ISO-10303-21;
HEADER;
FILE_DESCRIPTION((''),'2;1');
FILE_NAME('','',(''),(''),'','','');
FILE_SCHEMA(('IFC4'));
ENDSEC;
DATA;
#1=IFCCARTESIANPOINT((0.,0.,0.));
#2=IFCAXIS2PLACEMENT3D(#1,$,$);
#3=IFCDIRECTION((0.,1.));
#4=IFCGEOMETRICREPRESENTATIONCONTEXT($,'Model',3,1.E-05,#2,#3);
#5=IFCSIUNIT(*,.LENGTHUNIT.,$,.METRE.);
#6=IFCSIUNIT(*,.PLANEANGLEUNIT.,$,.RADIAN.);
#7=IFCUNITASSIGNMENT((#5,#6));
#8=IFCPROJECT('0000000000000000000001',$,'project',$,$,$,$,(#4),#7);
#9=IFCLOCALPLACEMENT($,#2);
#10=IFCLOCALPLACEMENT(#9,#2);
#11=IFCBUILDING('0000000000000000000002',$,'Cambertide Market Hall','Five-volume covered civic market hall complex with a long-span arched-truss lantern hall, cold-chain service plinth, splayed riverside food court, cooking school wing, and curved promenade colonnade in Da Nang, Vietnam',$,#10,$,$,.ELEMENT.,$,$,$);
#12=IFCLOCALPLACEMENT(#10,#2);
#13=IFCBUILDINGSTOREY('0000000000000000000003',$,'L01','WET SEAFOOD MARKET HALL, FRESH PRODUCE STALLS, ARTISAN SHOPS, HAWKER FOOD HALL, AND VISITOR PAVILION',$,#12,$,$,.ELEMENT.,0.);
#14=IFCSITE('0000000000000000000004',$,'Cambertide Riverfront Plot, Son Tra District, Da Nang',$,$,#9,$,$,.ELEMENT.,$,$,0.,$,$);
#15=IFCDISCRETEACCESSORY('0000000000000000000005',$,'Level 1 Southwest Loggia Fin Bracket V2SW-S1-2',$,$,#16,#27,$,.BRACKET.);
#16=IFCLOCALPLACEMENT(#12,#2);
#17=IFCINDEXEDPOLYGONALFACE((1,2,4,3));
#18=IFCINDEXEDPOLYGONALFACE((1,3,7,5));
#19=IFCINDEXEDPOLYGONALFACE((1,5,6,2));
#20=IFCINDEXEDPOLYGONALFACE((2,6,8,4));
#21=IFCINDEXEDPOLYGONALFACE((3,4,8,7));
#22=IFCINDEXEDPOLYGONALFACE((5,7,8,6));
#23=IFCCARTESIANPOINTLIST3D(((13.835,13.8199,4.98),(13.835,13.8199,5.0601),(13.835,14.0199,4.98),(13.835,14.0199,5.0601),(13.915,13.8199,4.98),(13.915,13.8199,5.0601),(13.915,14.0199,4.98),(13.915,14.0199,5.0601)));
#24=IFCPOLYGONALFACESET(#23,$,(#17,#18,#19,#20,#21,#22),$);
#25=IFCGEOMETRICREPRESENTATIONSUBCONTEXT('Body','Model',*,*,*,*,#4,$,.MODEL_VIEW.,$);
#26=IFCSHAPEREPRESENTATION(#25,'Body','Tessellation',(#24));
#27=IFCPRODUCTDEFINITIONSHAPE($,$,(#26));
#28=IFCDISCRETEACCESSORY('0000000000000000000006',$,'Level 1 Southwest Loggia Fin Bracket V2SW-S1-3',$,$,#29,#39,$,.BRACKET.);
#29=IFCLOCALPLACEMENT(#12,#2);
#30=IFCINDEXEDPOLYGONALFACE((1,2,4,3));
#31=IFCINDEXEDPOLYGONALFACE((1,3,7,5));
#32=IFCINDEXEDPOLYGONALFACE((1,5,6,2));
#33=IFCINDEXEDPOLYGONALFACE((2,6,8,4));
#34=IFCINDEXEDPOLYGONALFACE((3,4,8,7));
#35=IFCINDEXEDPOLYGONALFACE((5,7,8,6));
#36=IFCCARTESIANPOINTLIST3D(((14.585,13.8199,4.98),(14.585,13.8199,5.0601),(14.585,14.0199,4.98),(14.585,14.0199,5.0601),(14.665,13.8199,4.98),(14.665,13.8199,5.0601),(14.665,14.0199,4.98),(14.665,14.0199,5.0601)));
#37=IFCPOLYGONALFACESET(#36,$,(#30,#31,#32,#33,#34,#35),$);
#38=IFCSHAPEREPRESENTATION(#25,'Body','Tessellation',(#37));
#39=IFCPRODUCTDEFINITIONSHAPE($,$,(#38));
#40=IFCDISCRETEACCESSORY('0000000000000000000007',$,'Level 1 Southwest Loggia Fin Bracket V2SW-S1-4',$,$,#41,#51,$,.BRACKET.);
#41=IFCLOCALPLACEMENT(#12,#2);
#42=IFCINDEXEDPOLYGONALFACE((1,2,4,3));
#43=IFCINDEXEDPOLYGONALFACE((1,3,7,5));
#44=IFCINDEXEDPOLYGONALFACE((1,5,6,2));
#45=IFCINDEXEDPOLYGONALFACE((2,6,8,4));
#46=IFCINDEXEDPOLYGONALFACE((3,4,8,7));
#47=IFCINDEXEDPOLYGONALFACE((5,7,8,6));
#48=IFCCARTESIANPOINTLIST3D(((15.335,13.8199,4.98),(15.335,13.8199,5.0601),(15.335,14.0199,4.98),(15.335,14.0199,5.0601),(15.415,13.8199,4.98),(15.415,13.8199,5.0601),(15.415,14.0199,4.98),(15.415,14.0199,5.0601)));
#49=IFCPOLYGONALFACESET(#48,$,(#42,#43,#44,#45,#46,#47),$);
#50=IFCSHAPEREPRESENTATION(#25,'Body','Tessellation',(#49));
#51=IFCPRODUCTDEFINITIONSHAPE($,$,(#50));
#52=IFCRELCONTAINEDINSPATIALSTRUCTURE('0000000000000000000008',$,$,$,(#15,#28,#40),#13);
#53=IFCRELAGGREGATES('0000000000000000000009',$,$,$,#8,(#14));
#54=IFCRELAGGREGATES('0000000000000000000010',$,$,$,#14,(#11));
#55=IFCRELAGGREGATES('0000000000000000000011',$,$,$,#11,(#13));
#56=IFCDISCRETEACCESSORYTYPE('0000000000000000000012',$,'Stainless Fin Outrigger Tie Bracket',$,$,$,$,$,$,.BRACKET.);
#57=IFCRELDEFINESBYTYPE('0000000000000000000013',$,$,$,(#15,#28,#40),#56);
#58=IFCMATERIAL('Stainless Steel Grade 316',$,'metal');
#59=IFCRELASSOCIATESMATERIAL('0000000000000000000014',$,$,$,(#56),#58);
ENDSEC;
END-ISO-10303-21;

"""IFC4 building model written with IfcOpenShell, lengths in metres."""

from ifc_helpers import new_model, si_unit, direction, frame, origin, origin_2d, place, context, subcontext, project, spatial, rectangle, extrude, material, type_object, element, save


model = new_model("IFC4")

# Units and contexts
model_context = context("Model", 3, precision=1e-05, world=origin(), true_north=direction((0.0, 1.0)))
body_context = subcontext(model_context, "Body", "Model", "MODEL_VIEW")
ifc_project = project(units=[si_unit("LENGTHUNIT", "METRE"), si_unit("PLANEANGLEUNIT", "RADIAN")], contexts=[model_context])

# Site, building, storey
site_placement = place(None, origin())
site = spatial("IfcSite", under=ifc_project, at=site_placement, Name="Cambertide Riverfront Plot, Son Tra District, Da Nang", CompositionType="ELEMENT", RefElevation=0.0)
building_placement = place(site_placement, origin())
building = spatial("IfcBuilding", under=site, at=building_placement, Name="Cambertide Market Hall", Description="Five-volume covered civic market hall complex with a long-span arched-truss lantern hall, cold-chain service plinth, splayed riverside food court, cooking school wing, and curved promenade colonnade in Da Nang, Vietnam", CompositionType="ELEMENT")
storey_placement = place(building_placement, origin())
storey = spatial("IfcBuildingStorey", under=building, at=storey_placement, Name="L01", Description="WET SEAFOOD MARKET HALL, FRESH PRODUCE STALLS, ARTISAN SHOPS, HAWKER FOOD HALL, AND VISITOR PAVILION", CompositionType="ELEMENT", Elevation=0.0)

# Discrete accessories
ifc_material_1 = material(Name="Stainless Steel Grade 316", Category="metal")
discrete_accessory_type = type_object("IfcDiscreteAccessoryType", Name="Stainless Fin Outrigger Tie Bracket", PredefinedType="BRACKET", material=ifc_material_1)
for number, where, z_axis, x_axis, name in (
    (1, (13.875, 13.9199, 4.98), (0.0, 0.0, 1.0), (1.0, 0.0, 0.0), "Level 1 Southwest Loggia Fin Bracket V2SW-S1-2"),
    (2, (14.625, 13.9199, 4.98), (0.0, 0.0, 1.0), (1.0, 0.0, 0.0), "Level 1 Southwest Loggia Fin Bracket V2SW-S1-3"),
    (3, (15.375, 13.9199, 4.98), (0.0, 0.0, 1.0), (1.0, 0.0, 0.0), "Level 1 Southwest Loggia Fin Bracket V2SW-S1-4"),
):
    element("IfcDiscreteAccessory", number, at=place(storey_placement, frame(where, z_axis=z_axis, x_axis=x_axis)), inside=storey, type_object=discrete_accessory_type, Name=name, PredefinedType="BRACKET", context=body_context, shape_type="SweptSolid", body=[
        extrude(rectangle(XDim=0.0801, YDim=0.2, at=origin_2d()), origin(), (0.0, 0.0, 1.0), 0.0801),
    ])

save(model, "model.ifc")
